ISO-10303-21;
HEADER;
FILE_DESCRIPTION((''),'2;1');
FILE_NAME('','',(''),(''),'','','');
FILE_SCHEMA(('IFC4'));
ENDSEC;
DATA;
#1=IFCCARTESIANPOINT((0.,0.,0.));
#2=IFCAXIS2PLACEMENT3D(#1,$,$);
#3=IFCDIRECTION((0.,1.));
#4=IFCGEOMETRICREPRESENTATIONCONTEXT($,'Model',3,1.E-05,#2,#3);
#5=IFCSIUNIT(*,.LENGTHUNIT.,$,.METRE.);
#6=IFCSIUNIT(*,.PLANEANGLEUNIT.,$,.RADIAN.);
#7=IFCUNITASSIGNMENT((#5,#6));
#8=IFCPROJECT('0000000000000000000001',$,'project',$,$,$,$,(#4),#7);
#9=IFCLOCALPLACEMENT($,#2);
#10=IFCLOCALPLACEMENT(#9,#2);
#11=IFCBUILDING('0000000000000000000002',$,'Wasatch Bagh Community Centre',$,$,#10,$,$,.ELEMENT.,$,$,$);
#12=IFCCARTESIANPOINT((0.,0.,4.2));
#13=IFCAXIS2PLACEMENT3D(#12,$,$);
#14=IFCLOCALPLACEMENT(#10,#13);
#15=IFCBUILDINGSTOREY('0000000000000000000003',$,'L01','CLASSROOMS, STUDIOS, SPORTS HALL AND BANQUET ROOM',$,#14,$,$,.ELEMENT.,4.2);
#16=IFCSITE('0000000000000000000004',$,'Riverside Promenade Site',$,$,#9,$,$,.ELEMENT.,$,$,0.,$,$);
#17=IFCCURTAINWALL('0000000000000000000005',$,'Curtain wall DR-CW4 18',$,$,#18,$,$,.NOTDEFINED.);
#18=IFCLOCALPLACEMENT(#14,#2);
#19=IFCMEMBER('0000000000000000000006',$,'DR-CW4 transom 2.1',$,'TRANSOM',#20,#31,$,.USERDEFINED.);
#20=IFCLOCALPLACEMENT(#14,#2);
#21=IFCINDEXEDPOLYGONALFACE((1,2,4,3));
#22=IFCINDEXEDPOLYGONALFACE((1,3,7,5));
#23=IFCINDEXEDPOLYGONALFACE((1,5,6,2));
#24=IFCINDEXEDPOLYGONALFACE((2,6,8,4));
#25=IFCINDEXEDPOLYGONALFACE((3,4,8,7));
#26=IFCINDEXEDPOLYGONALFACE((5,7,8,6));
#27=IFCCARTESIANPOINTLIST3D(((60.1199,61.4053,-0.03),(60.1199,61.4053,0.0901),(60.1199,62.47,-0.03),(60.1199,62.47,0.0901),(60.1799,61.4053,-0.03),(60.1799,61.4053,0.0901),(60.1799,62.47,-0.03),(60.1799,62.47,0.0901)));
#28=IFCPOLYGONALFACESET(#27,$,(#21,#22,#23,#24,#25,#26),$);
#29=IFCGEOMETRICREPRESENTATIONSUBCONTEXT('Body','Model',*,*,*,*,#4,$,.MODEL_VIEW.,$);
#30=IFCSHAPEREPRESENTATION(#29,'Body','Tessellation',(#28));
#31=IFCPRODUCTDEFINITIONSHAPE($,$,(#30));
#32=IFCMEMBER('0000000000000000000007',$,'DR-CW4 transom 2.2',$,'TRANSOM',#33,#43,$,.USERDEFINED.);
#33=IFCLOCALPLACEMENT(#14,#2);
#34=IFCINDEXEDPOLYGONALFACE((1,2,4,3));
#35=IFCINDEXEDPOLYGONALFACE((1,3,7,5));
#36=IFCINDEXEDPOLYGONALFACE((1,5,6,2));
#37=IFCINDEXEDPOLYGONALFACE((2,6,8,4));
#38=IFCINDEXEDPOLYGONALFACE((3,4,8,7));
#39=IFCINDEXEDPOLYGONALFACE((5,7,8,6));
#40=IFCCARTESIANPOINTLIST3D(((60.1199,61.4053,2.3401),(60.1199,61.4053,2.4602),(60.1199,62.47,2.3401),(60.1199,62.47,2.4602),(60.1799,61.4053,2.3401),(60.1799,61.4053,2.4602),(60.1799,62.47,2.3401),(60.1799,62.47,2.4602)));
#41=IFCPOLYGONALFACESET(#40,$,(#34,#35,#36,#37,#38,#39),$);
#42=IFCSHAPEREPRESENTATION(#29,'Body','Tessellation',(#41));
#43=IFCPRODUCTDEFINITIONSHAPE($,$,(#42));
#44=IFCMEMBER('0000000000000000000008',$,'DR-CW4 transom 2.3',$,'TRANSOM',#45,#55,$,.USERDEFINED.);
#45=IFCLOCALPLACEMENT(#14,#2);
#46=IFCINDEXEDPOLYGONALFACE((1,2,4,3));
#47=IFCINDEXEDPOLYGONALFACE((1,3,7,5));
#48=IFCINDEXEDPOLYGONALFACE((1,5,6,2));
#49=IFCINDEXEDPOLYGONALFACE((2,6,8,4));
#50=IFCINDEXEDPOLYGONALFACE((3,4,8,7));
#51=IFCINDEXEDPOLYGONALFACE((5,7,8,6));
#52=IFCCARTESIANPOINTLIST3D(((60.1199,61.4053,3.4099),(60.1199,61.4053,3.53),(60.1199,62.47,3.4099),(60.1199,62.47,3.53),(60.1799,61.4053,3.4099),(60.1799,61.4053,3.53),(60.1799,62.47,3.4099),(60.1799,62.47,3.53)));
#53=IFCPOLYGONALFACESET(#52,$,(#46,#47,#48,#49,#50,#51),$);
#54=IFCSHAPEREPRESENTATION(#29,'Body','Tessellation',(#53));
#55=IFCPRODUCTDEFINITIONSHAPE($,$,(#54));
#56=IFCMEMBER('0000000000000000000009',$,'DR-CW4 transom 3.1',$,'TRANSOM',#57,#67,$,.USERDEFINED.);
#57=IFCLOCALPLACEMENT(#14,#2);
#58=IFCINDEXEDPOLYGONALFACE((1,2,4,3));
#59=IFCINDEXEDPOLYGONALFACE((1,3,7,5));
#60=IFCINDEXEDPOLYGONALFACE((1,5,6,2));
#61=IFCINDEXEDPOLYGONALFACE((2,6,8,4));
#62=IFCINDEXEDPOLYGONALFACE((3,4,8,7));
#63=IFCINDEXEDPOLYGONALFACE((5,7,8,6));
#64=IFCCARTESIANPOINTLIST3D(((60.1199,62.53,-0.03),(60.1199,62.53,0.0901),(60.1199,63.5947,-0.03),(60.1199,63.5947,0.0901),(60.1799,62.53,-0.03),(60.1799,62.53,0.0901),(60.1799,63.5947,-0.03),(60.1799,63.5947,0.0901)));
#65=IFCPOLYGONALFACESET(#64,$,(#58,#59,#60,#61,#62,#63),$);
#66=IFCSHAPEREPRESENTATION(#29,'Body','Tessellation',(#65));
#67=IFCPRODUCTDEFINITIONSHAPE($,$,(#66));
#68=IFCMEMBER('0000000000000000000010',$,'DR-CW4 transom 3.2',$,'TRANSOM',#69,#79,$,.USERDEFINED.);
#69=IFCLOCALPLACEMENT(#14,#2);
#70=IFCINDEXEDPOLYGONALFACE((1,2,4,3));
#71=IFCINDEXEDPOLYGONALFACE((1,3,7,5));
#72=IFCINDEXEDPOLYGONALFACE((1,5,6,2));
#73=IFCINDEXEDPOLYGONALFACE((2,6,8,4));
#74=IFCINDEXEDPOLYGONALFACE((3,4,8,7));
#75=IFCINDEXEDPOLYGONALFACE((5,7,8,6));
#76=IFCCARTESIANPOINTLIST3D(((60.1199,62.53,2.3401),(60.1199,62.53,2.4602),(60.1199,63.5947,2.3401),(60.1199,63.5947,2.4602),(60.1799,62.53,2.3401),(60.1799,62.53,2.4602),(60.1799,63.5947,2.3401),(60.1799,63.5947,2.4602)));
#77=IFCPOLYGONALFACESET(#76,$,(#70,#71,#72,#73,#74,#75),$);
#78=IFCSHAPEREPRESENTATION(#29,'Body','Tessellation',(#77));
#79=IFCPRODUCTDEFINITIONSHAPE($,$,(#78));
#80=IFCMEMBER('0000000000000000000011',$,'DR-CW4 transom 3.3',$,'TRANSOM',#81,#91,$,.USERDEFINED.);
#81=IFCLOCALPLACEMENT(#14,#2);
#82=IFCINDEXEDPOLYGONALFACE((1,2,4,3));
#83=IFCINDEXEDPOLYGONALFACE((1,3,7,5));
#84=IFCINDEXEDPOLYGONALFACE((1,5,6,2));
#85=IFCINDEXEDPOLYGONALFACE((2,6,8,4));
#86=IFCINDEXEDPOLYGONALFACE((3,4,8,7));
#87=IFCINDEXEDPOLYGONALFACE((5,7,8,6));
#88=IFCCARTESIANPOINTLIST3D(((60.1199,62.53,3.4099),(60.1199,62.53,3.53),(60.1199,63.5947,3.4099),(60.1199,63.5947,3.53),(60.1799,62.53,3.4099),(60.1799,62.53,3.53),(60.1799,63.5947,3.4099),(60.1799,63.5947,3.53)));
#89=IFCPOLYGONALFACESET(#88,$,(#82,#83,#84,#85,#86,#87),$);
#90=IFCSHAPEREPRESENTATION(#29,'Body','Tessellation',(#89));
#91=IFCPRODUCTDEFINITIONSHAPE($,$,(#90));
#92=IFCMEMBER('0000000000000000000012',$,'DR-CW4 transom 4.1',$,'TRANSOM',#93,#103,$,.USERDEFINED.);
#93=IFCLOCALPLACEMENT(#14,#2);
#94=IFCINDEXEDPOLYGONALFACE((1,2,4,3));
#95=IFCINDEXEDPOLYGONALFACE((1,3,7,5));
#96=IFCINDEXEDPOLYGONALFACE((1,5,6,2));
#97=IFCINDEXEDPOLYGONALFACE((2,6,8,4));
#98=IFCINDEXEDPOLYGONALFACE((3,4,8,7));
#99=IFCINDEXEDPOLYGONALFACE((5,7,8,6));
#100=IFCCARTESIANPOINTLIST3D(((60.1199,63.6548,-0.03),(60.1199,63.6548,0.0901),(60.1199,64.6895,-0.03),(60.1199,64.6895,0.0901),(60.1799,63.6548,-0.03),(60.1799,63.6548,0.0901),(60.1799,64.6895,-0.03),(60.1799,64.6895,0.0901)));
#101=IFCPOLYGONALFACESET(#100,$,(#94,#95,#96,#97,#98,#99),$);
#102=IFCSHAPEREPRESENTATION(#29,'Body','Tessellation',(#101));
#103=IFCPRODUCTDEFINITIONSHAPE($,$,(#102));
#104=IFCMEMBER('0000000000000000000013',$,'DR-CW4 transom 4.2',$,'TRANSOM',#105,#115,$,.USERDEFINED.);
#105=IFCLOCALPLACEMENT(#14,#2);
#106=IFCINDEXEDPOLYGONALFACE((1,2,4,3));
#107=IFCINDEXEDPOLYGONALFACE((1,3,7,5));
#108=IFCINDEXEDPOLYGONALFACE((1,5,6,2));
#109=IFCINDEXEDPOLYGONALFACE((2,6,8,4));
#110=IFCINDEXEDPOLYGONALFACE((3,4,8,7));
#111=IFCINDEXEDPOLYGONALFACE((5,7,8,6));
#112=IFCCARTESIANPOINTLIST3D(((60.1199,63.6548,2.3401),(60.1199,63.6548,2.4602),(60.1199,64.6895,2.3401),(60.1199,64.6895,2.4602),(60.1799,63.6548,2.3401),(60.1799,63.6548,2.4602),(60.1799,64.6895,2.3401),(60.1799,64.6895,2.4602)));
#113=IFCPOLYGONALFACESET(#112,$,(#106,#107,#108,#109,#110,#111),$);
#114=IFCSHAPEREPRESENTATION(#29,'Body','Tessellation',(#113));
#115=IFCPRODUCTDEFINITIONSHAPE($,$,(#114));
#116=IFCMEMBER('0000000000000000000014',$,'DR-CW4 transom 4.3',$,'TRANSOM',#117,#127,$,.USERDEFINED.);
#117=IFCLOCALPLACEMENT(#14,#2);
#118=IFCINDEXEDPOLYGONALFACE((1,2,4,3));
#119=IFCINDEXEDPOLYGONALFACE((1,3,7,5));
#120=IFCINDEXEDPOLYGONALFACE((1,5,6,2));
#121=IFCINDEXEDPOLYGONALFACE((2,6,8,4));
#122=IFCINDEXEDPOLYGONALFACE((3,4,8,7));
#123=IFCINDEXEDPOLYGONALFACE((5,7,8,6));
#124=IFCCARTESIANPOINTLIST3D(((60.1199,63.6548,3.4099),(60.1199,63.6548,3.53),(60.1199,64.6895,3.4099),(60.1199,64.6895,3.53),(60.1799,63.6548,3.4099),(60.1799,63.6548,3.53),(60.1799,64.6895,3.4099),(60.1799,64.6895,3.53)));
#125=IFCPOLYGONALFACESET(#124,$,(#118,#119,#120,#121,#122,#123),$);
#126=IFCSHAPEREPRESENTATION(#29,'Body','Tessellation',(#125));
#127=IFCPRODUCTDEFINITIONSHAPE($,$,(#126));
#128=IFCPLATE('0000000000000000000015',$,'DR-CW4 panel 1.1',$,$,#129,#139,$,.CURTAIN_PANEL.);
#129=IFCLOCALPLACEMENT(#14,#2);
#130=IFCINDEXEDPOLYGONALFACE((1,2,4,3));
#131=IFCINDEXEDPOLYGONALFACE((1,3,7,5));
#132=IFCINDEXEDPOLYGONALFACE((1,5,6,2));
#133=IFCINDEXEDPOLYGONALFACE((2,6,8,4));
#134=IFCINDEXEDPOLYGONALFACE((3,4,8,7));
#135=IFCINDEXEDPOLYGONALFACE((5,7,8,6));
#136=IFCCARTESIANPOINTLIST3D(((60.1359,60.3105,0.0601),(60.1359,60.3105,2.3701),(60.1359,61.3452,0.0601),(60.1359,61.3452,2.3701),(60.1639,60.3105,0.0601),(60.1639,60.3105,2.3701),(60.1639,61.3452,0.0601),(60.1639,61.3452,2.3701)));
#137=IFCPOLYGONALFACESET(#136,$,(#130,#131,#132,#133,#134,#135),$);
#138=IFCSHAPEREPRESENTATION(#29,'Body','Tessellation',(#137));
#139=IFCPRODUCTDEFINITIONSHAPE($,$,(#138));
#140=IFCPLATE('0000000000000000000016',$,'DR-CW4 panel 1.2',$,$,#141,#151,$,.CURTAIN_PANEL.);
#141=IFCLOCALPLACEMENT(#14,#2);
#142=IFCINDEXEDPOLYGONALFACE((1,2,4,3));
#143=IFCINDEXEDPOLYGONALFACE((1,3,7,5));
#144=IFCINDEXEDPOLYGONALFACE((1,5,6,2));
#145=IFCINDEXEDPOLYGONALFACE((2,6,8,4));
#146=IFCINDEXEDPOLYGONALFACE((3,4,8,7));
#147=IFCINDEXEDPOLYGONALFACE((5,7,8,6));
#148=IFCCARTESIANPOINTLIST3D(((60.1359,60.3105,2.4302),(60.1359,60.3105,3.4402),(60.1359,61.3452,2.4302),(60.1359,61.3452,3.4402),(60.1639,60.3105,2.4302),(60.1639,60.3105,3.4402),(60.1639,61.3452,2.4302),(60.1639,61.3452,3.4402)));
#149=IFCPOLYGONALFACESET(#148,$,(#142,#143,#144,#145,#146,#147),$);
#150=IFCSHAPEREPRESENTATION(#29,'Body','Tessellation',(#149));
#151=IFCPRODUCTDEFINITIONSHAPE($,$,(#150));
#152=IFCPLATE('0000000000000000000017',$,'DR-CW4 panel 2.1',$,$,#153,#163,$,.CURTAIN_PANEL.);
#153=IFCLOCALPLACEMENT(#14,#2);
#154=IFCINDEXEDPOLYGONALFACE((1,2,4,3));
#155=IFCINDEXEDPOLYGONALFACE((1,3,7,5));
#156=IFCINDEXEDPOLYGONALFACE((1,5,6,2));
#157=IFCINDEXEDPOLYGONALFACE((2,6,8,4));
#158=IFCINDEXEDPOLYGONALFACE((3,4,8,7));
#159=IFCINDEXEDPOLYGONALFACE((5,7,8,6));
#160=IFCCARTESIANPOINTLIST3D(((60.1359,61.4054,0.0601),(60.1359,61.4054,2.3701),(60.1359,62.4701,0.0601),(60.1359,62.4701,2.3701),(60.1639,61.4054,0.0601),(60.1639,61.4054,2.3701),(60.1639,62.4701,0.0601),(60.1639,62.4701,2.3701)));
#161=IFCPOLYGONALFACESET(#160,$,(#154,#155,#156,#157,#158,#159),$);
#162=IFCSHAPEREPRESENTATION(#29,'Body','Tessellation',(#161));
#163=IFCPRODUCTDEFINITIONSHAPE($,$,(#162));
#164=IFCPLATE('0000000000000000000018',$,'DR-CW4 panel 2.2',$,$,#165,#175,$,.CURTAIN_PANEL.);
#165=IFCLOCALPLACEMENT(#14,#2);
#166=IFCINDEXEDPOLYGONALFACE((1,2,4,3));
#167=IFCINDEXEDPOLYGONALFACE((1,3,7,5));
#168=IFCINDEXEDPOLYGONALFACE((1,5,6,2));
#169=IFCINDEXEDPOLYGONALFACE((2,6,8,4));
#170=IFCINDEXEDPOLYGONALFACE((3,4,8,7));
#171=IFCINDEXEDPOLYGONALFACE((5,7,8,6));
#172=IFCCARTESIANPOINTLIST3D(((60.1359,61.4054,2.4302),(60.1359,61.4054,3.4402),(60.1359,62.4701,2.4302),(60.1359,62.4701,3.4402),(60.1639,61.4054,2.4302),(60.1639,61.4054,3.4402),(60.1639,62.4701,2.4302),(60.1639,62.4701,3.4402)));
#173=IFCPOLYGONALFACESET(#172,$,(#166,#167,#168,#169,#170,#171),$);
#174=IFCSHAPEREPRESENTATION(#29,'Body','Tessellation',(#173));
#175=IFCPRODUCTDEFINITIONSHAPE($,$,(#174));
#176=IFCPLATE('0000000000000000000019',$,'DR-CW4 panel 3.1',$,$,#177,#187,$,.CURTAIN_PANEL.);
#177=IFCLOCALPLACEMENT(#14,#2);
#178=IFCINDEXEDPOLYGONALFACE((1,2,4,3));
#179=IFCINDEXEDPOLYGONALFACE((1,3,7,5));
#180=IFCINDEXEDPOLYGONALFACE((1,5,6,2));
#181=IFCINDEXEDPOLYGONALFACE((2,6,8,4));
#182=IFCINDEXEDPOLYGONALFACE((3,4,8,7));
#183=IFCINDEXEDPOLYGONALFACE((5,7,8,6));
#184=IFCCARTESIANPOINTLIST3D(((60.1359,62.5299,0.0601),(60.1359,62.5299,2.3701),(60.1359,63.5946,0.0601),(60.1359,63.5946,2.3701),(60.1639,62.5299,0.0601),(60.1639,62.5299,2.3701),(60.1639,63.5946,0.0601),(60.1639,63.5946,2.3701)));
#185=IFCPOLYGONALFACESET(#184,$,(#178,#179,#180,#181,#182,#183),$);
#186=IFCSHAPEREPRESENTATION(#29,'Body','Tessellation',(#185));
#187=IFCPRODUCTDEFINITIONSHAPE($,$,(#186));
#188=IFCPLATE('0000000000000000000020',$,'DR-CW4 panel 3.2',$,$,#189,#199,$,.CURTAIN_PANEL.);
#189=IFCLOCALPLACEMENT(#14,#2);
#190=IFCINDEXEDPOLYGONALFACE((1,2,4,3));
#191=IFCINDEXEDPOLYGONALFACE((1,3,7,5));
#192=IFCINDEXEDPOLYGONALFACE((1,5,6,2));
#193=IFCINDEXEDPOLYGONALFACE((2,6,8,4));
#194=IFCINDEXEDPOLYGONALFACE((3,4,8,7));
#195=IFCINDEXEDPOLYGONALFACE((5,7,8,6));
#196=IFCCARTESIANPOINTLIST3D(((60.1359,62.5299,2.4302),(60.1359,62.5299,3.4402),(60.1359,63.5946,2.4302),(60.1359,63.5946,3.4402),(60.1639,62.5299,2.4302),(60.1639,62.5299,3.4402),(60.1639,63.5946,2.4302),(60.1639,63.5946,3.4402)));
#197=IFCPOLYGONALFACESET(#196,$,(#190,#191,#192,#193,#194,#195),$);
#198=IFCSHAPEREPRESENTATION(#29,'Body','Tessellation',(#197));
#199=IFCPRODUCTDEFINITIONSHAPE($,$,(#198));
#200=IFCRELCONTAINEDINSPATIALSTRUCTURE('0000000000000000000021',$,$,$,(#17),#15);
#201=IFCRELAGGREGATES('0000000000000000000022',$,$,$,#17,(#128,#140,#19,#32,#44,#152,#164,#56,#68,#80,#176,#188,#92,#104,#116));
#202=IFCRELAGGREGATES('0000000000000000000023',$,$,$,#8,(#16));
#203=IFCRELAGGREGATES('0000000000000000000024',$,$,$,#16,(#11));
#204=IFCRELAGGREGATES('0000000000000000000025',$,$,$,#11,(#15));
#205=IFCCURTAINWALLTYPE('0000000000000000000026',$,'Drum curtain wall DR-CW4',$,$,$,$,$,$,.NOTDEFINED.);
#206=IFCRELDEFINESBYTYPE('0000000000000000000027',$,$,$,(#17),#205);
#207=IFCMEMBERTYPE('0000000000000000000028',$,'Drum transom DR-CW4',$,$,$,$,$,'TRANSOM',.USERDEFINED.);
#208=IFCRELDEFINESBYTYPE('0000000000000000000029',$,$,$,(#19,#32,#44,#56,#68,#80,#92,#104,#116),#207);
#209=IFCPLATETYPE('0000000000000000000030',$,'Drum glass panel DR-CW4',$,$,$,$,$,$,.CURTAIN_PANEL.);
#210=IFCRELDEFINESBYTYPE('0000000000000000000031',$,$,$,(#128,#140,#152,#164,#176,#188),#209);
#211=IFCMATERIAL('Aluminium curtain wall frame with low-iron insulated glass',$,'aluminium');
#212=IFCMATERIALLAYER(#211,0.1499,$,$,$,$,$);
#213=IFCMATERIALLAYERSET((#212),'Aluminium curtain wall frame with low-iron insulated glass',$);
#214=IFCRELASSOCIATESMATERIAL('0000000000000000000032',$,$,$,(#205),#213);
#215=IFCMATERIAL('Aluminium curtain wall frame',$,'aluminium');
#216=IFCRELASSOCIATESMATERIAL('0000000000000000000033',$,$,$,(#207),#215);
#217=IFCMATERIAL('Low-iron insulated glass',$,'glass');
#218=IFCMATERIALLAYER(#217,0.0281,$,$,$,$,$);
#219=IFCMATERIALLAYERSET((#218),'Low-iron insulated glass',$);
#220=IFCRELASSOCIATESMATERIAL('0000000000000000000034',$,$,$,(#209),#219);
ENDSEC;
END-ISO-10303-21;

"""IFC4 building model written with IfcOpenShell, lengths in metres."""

from ifc_helpers import new_model, si_unit, direction, frame, origin, origin_2d, place, context, subcontext, project, spatial, rectangle, extrude, material, layer, layer_set, material_profile, profile_set, type_object, element, aggregate, save


model = new_model("IFC4")

# Units and contexts
model_context = context("Model", 3, precision=1e-05, world=origin(), true_north=direction((0.0, 1.0)))
body_context = subcontext(model_context, "Body", "Model", "MODEL_VIEW")
ifc_project = project(units=[si_unit("LENGTHUNIT", "METRE"), si_unit("PLANEANGLEUNIT", "RADIAN")], contexts=[model_context])

# Site, building, storey
site_placement = place(None, origin())
site = spatial("IfcSite", under=ifc_project, at=site_placement, Name="Riverside Promenade Site", CompositionType="ELEMENT", RefElevation=0.0)
building_placement = place(site_placement, origin())
building = spatial("IfcBuilding", under=site, at=building_placement, Name="Wasatch Bagh Community Centre", CompositionType="ELEMENT")
storey_placement = place(building_placement, frame((0.0, 0.0, 4.2)))
storey = spatial("IfcBuildingStorey", under=building, at=storey_placement, Name="L01", Description="CLASSROOMS, STUDIOS, SPORTS HALL AND BANQUET ROOM", CompositionType="ELEMENT", Elevation=4.2)

# Shared definitions
ifc_material_1 = material(Name="Aluminium curtain wall frame with low-iron insulated glass", Category="aluminium")
ifc_material_2 = material(Name="Aluminium curtain wall frame", Category="aluminium")

# Curtain wall
ifc_layer_1 = layer(ifc_material_1, 0.1499)
ifc_layer_set_1 = layer_set([ifc_layer_1], Name="Aluminium curtain wall frame with low-iron insulated glass")
curtain_wall_type_1 = type_object("IfcCurtainWallType", Name="Drum curtain wall DR-CW4", PredefinedType="NOTDEFINED", material=ifc_layer_set_1)
curtain_wall_1_placement = place(storey_placement, origin())
curtain_wall_1 = element("IfcCurtainWall", 1, at=curtain_wall_1_placement, inside=storey, type_object=curtain_wall_type_1, Name="Curtain wall DR-CW4 18", PredefinedType="NOTDEFINED")

# Members
ifc_material_profile_1 = material_profile(ifc_material_2, rectangle(XDim=0.0601, YDim=0.1201, at=origin_2d()), Name="Drum transom DR-CW4")
ifc_profile_set_1 = profile_set([ifc_material_profile_1], Name="Aluminium curtain wall frame")
member_type_1 = type_object("IfcMemberType", Name="Drum transom DR-CW4", ElementType="TRANSOM", PredefinedType="USERDEFINED", material=ifc_profile_set_1)
member_1_placement = place(storey_placement, frame((60.1499, 61.4053, 0.03), z_axis=(0.0, 1.0, 0.0), x_axis=(-1.0, 0.0, 0.0)))
member_1 = element("IfcMember", 2, at=member_1_placement, type_object=member_type_1, Name="DR-CW4 transom 2.1", ObjectType="TRANSOM", PredefinedType="USERDEFINED", context=body_context, shape_type="SweptSolid", body=[
    extrude(rectangle(XDim=0.0601, YDim=0.1201, at=origin_2d()), origin(), (0.0, 0.0, 1.0), 1.0647),
])
member_2_placement = place(storey_placement, frame((60.1499, 61.4053, 2.4001), z_axis=(0.0, 1.0, 0.0), x_axis=(-1.0, 0.0, 0.0)))
member_2 = element("IfcMember", 3, at=member_2_placement, type_object=member_type_1, Name="DR-CW4 transom 2.2", ObjectType="TRANSOM", PredefinedType="USERDEFINED", context=body_context, shape_type="SweptSolid", body=[
    extrude(rectangle(XDim=0.0601, YDim=0.1201, at=origin_2d()), origin(), (0.0, 0.0, 1.0), 1.0647),
])
member_3_placement = place(storey_placement, frame((60.1499, 61.4053, 3.47), z_axis=(0.0, 1.0, 0.0), x_axis=(-1.0, 0.0, 0.0)))
member_3 = element("IfcMember", 4, at=member_3_placement, type_object=member_type_1, Name="DR-CW4 transom 2.3", ObjectType="TRANSOM", PredefinedType="USERDEFINED", context=body_context, shape_type="SweptSolid", body=[
    extrude(rectangle(XDim=0.0601, YDim=0.1201, at=origin_2d()), origin(), (0.0, 0.0, 1.0), 1.0647),
])
member_4_placement = place(storey_placement, frame((60.1499, 62.53, 0.03), z_axis=(0.0, 1.0, 0.0), x_axis=(-1.0, 0.0, 0.0)))
member_4 = element("IfcMember", 5, at=member_4_placement, type_object=member_type_1, Name="DR-CW4 transom 3.1", ObjectType="TRANSOM", PredefinedType="USERDEFINED", context=body_context, shape_type="SweptSolid", body=[
    extrude(rectangle(XDim=0.0601, YDim=0.1201, at=origin_2d()), origin(), (0.0, 0.0, 1.0), 1.0647),
])
member_5_placement = place(storey_placement, frame((60.1499, 62.53, 2.4001), z_axis=(0.0, 1.0, 0.0), x_axis=(-1.0, 0.0, 0.0)))
member_5 = element("IfcMember", 6, at=member_5_placement, type_object=member_type_1, Name="DR-CW4 transom 3.2", ObjectType="TRANSOM", PredefinedType="USERDEFINED", context=body_context, shape_type="SweptSolid", body=[
    extrude(rectangle(XDim=0.0601, YDim=0.1201, at=origin_2d()), origin(), (0.0, 0.0, 1.0), 1.0647),
])
member_6_placement = place(storey_placement, frame((60.1499, 62.53, 3.47), z_axis=(0.0, 1.0, 0.0), x_axis=(-1.0, 0.0, 0.0)))
member_6 = element("IfcMember", 7, at=member_6_placement, type_object=member_type_1, Name="DR-CW4 transom 3.3", ObjectType="TRANSOM", PredefinedType="USERDEFINED", context=body_context, shape_type="SweptSolid", body=[
    extrude(rectangle(XDim=0.0601, YDim=0.1201, at=origin_2d()), origin(), (0.0, 0.0, 1.0), 1.0647),
])
member_7_placement = place(storey_placement, frame((60.1499, 63.6548, 0.03), z_axis=(0.0, 1.0, 0.0), x_axis=(-1.0, 0.0, 0.0)))
member_7 = element("IfcMember", 8, at=member_7_placement, type_object=member_type_1, Name="DR-CW4 transom 4.1", ObjectType="TRANSOM", PredefinedType="USERDEFINED", context=body_context, shape_type="SweptSolid", body=[
    extrude(rectangle(XDim=0.0601, YDim=0.1201, at=origin_2d()), origin(), (0.0, 0.0, 1.0), 1.0347),
])
member_8_placement = place(storey_placement, frame((60.1499, 63.6548, 2.4001), z_axis=(0.0, 1.0, 0.0), x_axis=(-1.0, 0.0, 0.0)))
member_8 = element("IfcMember", 9, at=member_8_placement, type_object=member_type_1, Name="DR-CW4 transom 4.2", ObjectType="TRANSOM", PredefinedType="USERDEFINED", context=body_context, shape_type="SweptSolid", body=[
    extrude(rectangle(XDim=0.0601, YDim=0.1201, at=origin_2d()), origin(), (0.0, 0.0, 1.0), 1.0347),
])
member_9_placement = place(storey_placement, frame((60.1499, 63.6548, 3.47), z_axis=(0.0, 1.0, 0.0), x_axis=(-1.0, 0.0, 0.0)))
member_9 = element("IfcMember", 10, at=member_9_placement, type_object=member_type_1, Name="DR-CW4 transom 4.3", ObjectType="TRANSOM", PredefinedType="USERDEFINED", context=body_context, shape_type="SweptSolid", body=[
    extrude(rectangle(XDim=0.0601, YDim=0.1201, at=origin_2d()), origin(), (0.0, 0.0, 1.0), 1.0347),
])

# Plates
ifc_material_3 = material(Name="Low-iron insulated glass", Category="glass")
ifc_layer_2 = layer(ifc_material_3, 0.0281)
ifc_layer_set_2 = layer_set([ifc_layer_2], Name="Low-iron insulated glass")
plate_type = type_object("IfcPlateType", Name="Drum glass panel DR-CW4", PredefinedType="CURTAIN_PANEL", material=ifc_layer_set_2)
plate_1_placement = place(storey_placement, frame((60.1499, 60.8279, 0.0601), z_axis=(0.0, 0.0, 1.0), x_axis=(0.0, 1.0, 0.0)))
plate_1 = element("IfcPlate", 11, at=plate_1_placement, type_object=plate_type, Name="DR-CW4 panel 1.1", PredefinedType="CURTAIN_PANEL", context=body_context, shape_type="SweptSolid", body=[
    extrude(rectangle(XDim=1.0347, YDim=0.0281, at=origin_2d()), origin(), (0.0, 0.0, 1.0), 2.3101),
])
plate_2_placement = place(storey_placement, frame((60.1499, 60.8279, 2.4302), z_axis=(0.0, 0.0, 1.0), x_axis=(0.0, 1.0, 0.0)))
plate_2 = element("IfcPlate", 12, at=plate_2_placement, type_object=plate_type, Name="DR-CW4 panel 1.2", PredefinedType="CURTAIN_PANEL", context=body_context, shape_type="SweptSolid", body=[
    extrude(rectangle(XDim=1.0347, YDim=0.0281, at=origin_2d()), origin(), (0.0, 0.0, 1.0), 1.01),
])
plate_3_placement = place(storey_placement, frame((60.1499, 61.9377, 0.0601), z_axis=(0.0, 0.0, 1.0), x_axis=(0.0, 1.0, 0.0)))
plate_3 = element("IfcPlate", 13, at=plate_3_placement, type_object=plate_type, Name="DR-CW4 panel 2.1", PredefinedType="CURTAIN_PANEL", context=body_context, shape_type="SweptSolid", body=[
    extrude(rectangle(XDim=1.0647, YDim=0.0281, at=origin_2d()), origin(), (0.0, 0.0, 1.0), 2.3101),
])
plate_4_placement = place(storey_placement, frame((60.1499, 61.9377, 2.4302), z_axis=(0.0, 0.0, 1.0), x_axis=(0.0, 1.0, 0.0)))
plate_4 = element("IfcPlate", 14, at=plate_4_placement, type_object=plate_type, Name="DR-CW4 panel 2.2", PredefinedType="CURTAIN_PANEL", context=body_context, shape_type="SweptSolid", body=[
    extrude(rectangle(XDim=1.0647, YDim=0.0281, at=origin_2d()), origin(), (0.0, 0.0, 1.0), 1.01),
])
plate_5_placement = place(storey_placement, frame((60.1499, 63.0623, 0.0601), z_axis=(0.0, 0.0, 1.0), x_axis=(0.0, 1.0, 0.0)))
plate_5 = element("IfcPlate", 15, at=plate_5_placement, type_object=plate_type, Name="DR-CW4 panel 3.1", PredefinedType="CURTAIN_PANEL", context=body_context, shape_type="SweptSolid", body=[
    extrude(rectangle(XDim=1.0647, YDim=0.0281, at=origin_2d()), origin(), (0.0, 0.0, 1.0), 2.3101),
])
plate_6_placement = place(storey_placement, frame((60.1499, 63.0623, 2.4302), z_axis=(0.0, 0.0, 1.0), x_axis=(0.0, 1.0, 0.0)))
plate_6 = element("IfcPlate", 16, at=plate_6_placement, type_object=plate_type, Name="DR-CW4 panel 3.2", PredefinedType="CURTAIN_PANEL", context=body_context, shape_type="SweptSolid", body=[
    extrude(rectangle(XDim=1.0647, YDim=0.0281, at=origin_2d()), origin(), (0.0, 0.0, 1.0), 1.01),
])
aggregate(curtain_wall_1, [plate_1, plate_2, member_1, member_2, member_3, plate_3, plate_4, member_4, member_5, member_6, plate_5, plate_6, member_7, member_8, member_9])

save(model, "model.ifc")
